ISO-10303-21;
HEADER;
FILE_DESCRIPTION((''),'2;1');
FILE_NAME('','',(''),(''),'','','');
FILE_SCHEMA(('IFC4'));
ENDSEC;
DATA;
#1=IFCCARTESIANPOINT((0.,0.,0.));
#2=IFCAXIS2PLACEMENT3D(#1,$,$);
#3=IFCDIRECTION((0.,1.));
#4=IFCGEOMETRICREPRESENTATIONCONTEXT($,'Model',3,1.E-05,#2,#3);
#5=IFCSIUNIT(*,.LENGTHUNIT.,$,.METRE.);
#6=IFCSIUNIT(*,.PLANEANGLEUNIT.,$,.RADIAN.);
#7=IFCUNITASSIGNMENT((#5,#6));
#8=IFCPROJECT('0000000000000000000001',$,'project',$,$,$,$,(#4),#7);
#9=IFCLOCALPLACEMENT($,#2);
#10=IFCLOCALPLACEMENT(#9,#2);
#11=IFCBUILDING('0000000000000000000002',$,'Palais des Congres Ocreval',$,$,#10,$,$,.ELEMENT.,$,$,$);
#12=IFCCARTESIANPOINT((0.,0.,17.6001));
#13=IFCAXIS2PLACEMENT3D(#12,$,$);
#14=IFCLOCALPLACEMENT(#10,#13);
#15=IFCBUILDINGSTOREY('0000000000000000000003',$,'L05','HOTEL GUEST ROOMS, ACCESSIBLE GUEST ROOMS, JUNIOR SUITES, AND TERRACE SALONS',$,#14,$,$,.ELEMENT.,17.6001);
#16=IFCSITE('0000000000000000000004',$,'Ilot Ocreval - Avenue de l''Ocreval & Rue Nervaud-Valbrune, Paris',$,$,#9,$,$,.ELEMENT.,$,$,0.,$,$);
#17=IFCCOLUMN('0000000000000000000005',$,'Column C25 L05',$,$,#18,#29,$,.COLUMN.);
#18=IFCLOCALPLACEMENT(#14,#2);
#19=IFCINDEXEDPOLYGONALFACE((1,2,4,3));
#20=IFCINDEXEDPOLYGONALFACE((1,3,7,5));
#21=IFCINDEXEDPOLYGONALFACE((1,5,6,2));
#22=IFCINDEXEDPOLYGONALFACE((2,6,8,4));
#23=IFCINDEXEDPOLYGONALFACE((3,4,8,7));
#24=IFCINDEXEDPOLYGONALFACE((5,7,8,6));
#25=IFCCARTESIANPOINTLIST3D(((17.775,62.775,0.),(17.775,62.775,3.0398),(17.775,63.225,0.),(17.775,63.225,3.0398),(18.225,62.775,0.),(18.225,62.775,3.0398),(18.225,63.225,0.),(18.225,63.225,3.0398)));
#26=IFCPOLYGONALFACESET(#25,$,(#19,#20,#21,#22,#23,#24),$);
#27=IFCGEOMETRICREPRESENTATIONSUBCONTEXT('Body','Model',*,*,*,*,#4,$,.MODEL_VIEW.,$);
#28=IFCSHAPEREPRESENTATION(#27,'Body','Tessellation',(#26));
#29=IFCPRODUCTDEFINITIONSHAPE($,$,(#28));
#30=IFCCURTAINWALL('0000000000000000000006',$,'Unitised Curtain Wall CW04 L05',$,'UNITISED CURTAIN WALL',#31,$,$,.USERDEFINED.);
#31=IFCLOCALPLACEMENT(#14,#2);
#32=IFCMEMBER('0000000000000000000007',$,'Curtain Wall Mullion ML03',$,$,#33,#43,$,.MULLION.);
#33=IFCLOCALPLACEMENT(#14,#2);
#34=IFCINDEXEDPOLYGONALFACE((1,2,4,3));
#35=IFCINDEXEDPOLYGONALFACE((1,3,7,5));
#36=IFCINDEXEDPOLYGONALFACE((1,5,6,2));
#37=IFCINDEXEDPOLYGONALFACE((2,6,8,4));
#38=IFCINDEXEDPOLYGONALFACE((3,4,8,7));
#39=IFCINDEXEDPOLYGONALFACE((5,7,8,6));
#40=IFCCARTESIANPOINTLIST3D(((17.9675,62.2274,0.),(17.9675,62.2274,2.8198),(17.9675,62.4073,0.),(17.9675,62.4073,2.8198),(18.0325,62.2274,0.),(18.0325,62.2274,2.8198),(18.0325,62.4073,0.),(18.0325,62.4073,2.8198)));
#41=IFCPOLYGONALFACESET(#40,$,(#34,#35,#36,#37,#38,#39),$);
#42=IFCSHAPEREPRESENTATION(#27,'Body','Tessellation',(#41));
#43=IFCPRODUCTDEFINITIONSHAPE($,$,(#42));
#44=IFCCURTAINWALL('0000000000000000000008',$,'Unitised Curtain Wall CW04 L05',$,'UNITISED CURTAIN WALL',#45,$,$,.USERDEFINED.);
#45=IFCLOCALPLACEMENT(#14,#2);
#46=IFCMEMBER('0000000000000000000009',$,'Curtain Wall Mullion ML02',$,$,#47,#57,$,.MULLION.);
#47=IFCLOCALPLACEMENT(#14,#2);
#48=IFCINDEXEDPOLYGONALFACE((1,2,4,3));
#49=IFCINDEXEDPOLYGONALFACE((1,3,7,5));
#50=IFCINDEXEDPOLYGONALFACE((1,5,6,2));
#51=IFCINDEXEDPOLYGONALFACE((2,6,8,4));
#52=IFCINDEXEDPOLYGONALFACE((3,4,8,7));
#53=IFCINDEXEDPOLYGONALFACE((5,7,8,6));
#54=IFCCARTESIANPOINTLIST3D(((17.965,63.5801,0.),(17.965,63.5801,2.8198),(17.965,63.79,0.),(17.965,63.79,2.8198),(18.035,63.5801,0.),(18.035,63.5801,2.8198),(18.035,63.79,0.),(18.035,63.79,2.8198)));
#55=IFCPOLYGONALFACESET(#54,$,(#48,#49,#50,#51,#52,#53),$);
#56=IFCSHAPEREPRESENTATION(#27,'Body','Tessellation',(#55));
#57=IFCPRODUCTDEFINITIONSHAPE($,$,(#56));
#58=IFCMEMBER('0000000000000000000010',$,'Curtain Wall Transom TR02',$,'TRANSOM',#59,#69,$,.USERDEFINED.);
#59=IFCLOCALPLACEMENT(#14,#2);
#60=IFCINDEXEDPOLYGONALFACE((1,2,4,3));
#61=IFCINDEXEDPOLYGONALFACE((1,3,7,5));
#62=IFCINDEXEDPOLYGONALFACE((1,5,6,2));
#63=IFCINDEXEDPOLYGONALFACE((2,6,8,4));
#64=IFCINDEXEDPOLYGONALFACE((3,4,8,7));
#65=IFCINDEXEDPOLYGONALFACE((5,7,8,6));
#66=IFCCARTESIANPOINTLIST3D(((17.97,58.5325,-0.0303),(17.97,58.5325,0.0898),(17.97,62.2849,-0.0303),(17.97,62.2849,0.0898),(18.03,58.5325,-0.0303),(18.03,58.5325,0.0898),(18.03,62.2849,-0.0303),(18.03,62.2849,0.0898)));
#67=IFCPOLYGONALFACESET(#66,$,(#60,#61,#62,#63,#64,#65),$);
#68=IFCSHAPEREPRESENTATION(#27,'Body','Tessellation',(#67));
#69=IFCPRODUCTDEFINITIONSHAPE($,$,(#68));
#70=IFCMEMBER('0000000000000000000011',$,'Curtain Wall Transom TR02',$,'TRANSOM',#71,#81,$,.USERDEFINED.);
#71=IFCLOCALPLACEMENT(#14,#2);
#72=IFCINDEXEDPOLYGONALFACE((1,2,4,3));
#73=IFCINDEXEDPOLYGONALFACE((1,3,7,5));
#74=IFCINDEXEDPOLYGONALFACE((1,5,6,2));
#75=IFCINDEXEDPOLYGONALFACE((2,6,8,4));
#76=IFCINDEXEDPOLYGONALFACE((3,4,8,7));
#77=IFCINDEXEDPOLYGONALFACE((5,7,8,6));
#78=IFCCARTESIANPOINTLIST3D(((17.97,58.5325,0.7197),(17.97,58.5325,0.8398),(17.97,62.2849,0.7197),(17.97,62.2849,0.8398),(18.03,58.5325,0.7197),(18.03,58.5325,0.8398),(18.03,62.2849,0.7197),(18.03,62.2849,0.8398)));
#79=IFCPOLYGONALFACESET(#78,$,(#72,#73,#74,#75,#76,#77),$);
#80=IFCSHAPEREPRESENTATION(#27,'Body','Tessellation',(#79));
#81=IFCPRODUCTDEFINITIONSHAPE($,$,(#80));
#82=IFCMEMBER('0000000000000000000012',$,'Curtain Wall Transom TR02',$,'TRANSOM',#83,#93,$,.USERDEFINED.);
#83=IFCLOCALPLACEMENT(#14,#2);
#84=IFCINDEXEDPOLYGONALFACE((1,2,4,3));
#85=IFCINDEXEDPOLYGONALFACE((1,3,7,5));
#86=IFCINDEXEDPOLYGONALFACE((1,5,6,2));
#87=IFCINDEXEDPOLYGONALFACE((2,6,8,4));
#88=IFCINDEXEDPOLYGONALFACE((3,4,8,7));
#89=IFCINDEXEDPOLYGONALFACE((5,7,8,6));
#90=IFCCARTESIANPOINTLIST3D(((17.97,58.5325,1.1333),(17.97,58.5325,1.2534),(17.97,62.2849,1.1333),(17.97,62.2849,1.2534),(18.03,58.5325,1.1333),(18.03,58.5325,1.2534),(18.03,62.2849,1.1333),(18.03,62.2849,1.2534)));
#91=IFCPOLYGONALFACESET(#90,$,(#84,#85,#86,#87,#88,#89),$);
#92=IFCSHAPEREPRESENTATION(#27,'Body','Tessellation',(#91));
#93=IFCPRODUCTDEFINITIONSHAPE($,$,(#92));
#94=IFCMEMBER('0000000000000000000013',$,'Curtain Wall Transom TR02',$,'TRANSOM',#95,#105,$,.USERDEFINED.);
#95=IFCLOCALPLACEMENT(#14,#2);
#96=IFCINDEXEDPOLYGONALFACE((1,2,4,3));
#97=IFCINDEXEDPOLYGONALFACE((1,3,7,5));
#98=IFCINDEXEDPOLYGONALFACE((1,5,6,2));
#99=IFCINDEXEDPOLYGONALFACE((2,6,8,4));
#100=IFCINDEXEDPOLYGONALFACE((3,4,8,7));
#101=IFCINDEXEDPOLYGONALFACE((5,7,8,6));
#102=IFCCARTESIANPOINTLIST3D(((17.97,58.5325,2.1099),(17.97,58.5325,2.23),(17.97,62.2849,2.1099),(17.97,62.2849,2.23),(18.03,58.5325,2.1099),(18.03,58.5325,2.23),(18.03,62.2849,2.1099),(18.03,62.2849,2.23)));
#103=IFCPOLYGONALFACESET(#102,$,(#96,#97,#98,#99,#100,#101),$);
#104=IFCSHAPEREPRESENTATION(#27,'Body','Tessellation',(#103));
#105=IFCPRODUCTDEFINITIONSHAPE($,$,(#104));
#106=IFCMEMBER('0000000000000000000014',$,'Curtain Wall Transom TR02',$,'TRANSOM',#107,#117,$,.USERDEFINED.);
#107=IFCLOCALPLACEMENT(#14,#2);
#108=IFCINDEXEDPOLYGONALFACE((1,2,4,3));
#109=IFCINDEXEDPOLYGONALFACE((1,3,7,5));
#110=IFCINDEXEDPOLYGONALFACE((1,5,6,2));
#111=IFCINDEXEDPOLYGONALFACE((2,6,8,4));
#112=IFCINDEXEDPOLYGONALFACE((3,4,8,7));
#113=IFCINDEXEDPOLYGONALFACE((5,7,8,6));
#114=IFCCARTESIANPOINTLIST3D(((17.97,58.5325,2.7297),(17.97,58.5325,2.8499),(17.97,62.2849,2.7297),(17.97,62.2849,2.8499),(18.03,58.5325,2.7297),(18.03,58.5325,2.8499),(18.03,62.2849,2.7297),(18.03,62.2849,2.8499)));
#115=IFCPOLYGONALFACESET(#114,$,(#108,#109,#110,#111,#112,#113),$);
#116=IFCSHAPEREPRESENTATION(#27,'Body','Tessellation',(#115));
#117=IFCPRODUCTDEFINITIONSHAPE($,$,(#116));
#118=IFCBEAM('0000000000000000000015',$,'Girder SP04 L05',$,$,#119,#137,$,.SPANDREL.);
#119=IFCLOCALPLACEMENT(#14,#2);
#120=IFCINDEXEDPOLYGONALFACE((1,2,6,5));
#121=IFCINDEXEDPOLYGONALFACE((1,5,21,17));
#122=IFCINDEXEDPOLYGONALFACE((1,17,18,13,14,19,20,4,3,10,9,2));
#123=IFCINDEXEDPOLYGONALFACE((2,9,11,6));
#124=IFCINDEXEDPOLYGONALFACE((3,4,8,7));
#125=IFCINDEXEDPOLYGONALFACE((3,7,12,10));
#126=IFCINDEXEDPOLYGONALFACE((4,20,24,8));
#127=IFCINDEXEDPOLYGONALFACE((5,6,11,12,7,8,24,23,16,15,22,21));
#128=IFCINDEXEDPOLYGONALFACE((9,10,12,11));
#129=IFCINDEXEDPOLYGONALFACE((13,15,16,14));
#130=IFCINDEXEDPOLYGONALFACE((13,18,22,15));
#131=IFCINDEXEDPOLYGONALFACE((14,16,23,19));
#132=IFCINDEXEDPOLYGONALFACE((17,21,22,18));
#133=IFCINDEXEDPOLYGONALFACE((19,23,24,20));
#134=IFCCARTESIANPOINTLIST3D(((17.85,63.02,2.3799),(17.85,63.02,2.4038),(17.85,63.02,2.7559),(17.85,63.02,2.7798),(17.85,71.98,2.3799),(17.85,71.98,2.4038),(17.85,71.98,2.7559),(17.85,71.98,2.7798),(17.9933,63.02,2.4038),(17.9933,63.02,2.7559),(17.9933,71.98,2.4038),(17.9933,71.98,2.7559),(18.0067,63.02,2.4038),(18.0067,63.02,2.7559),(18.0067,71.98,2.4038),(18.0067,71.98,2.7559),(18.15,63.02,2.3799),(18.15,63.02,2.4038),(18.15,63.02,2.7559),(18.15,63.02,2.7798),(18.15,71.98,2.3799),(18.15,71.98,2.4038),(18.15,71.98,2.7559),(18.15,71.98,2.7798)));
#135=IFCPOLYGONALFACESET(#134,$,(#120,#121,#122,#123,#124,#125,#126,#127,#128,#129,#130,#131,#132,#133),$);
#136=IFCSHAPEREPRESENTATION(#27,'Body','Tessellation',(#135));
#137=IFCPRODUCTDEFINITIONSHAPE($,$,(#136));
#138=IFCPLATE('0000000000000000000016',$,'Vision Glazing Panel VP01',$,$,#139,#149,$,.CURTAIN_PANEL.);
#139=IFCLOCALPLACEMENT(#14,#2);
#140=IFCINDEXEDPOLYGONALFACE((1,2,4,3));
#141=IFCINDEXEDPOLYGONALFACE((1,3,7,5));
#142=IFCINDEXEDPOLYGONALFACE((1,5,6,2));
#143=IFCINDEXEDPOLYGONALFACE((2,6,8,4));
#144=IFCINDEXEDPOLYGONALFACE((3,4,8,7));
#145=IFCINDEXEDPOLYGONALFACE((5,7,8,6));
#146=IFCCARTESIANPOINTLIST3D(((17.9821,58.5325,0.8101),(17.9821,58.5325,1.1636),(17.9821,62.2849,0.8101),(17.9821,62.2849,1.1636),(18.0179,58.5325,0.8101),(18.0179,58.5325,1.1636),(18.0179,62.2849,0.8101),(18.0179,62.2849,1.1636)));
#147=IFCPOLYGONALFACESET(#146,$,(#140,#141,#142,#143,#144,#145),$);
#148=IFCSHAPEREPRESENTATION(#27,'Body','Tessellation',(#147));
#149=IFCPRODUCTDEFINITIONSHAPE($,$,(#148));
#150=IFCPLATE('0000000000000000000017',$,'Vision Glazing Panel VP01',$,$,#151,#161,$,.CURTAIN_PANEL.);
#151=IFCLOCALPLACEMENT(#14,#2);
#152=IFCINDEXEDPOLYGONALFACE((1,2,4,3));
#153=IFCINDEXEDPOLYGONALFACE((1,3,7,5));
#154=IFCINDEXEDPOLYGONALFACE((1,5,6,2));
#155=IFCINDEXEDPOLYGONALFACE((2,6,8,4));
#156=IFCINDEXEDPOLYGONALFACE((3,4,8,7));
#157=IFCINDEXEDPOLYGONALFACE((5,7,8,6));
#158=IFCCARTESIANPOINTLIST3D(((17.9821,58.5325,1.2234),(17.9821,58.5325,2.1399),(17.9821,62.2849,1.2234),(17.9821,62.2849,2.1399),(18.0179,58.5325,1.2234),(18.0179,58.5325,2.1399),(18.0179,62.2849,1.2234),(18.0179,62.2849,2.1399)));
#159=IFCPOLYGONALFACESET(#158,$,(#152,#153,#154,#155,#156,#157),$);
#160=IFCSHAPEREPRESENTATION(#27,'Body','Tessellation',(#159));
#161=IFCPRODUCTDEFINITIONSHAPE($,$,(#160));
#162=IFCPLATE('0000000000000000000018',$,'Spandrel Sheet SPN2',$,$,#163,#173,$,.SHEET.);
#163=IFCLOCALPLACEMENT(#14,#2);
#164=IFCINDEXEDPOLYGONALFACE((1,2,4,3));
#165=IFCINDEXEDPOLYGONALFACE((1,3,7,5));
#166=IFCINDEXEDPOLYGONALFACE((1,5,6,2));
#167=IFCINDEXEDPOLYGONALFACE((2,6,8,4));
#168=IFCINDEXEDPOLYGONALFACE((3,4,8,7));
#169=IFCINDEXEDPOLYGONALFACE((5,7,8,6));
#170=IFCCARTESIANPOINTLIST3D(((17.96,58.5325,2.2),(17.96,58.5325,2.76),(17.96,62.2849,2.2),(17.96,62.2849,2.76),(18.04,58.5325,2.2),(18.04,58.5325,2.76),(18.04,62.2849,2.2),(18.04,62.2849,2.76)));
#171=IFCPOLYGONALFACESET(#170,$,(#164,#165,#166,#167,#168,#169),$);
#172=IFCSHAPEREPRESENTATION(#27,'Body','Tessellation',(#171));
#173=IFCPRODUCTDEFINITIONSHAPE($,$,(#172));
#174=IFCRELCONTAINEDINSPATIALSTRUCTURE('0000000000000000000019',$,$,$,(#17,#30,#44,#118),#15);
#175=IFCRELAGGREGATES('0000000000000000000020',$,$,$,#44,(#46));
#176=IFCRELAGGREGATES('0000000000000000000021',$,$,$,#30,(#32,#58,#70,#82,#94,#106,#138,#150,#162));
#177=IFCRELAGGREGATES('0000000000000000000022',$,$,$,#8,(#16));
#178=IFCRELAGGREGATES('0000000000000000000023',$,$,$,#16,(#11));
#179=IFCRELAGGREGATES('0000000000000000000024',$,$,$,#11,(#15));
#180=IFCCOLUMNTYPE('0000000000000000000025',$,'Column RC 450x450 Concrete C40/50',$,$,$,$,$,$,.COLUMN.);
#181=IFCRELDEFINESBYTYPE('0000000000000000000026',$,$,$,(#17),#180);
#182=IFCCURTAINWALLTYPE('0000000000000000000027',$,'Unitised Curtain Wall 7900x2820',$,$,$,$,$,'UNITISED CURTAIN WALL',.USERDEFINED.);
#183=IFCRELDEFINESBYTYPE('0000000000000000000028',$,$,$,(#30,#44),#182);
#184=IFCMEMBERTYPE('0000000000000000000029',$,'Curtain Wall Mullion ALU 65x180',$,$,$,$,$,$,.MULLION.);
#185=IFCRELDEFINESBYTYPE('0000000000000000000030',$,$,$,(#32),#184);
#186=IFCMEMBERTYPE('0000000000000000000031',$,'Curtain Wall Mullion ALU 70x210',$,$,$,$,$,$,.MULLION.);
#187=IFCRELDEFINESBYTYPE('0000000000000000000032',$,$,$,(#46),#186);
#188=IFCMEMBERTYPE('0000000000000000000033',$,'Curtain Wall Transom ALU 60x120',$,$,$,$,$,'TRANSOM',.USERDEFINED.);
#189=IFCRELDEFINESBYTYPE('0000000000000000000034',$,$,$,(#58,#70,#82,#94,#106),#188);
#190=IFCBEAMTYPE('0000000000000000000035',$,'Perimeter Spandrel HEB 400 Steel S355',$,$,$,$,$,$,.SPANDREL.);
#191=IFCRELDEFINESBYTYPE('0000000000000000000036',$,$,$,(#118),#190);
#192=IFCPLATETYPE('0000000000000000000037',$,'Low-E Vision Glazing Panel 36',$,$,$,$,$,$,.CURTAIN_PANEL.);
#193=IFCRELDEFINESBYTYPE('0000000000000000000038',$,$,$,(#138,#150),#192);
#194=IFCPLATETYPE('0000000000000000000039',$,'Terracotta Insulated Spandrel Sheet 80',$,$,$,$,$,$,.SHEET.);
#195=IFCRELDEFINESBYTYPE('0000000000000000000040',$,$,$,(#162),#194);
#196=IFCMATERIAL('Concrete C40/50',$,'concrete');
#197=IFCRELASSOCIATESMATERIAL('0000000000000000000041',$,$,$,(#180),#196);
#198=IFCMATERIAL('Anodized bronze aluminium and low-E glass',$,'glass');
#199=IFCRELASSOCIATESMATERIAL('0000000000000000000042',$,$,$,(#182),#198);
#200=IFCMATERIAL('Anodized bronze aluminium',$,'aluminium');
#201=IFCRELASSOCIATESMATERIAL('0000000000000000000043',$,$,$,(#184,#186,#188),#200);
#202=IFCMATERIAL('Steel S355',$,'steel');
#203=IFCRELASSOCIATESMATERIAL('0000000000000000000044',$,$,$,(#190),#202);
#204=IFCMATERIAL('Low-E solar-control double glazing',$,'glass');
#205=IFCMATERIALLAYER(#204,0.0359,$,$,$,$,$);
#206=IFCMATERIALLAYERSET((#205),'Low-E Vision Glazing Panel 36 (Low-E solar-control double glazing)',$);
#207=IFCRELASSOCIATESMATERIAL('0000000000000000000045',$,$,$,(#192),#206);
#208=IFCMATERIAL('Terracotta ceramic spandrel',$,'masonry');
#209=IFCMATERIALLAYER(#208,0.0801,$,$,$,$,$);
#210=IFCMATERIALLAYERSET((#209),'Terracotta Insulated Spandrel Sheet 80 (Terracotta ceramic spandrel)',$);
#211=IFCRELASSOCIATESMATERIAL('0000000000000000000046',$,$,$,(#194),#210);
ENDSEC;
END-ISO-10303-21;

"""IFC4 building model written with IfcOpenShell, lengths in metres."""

from ifc_helpers import new_model, si_unit, direction, frame, origin, origin_2d, place, context, subcontext, project, spatial, rectangle, i_section, extrude, material, layer, layer_set, material_profile, profile_set, type_object, element, aggregate, save


model = new_model("IFC4")

# Units and contexts
model_context = context("Model", 3, precision=1e-05, world=origin(), true_north=direction((0.0, 1.0)))
body_context = subcontext(model_context, "Body", "Model", "MODEL_VIEW")
ifc_project = project(units=[si_unit("LENGTHUNIT", "METRE"), si_unit("PLANEANGLEUNIT", "RADIAN")], contexts=[model_context])

# Site, building, storey
site_placement = place(None, origin())
site = spatial("IfcSite", under=ifc_project, at=site_placement, Name="Ilot Ocreval - Avenue de l'Ocreval & Rue Nervaud-Valbrune, Paris", CompositionType="ELEMENT", RefElevation=0.0)
building_placement = place(site_placement, origin())
building = spatial("IfcBuilding", under=site, at=building_placement, Name="Palais des Congres Ocreval", CompositionType="ELEMENT")
storey_placement = place(building_placement, frame((0.0, 0.0, 17.6001)))
storey = spatial("IfcBuildingStorey", under=building, at=storey_placement, Name="L05", Description="HOTEL GUEST ROOMS, ACCESSIBLE GUEST ROOMS, JUNIOR SUITES, AND TERRACE SALONS", CompositionType="ELEMENT", Elevation=17.6001)

# Column
ifc_material_1 = material(Name="Concrete C40/50", Category="concrete")
ifc_material_profile_1 = material_profile(ifc_material_1, rectangle(XDim=0.45, YDim=0.45, at=origin_2d()), Name="RC 450x450")
ifc_profile_set_1 = profile_set([ifc_material_profile_1], Name="Concrete C40/50")
column_type = type_object("IfcColumnType", Name="Column RC 450x450 Concrete C40/50", PredefinedType="COLUMN", material=ifc_profile_set_1)
column_placement = place(storey_placement, frame((18.0, 63.0, 0.0), z_axis=(0.0, 0.0, 1.0), x_axis=(1.0, 0.0, 0.0)))
element("IfcColumn", 1, at=column_placement, inside=storey, type_object=column_type, Name="Column C25 L05", PredefinedType="COLUMN", context=body_context, shape_type="SweptSolid", body=[
    extrude(rectangle(XDim=0.45, YDim=0.45, at=origin_2d()), origin(), (0.0, 0.0, 1.0), 3.0398),
])

# Curtain walls, members
ifc_material_2 = material(Name="Anodized bronze aluminium and low-E glass", Category="glass")
curtain_wall_type = type_object("IfcCurtainWallType", Name="Unitised Curtain Wall 7900x2820", ElementType="UNITISED CURTAIN WALL", PredefinedType="USERDEFINED", material=ifc_material_2)
curtain_wall_1_placement = place(storey_placement, origin())
curtain_wall_1 = element("IfcCurtainWall", 2, at=curtain_wall_1_placement, inside=storey, type_object=curtain_wall_type, Name="Unitised Curtain Wall CW04 L05", ObjectType="UNITISED CURTAIN WALL", PredefinedType="USERDEFINED")
ifc_material_3 = material(Name="Anodized bronze aluminium", Category="aluminium")
ifc_material_profile_2 = material_profile(ifc_material_3, rectangle(XDim=0.0649, YDim=0.1799, at=origin_2d()), Name="ALU 65x180")
ifc_profile_set_2 = profile_set([ifc_material_profile_2], Name="Anodized bronze aluminium")
member_type_1 = type_object("IfcMemberType", Name="Curtain Wall Mullion ALU 65x180", PredefinedType="MULLION", material=ifc_profile_set_2)
member_1_placement = place(storey_placement, frame((18.0, 62.3174, 0.0), z_axis=(0.0, 0.0, 1.0), x_axis=(1.0, 0.0, 0.0)))
member_1 = element("IfcMember", 3, at=member_1_placement, type_object=member_type_1, Name="Curtain Wall Mullion ML03", PredefinedType="MULLION", context=body_context, shape_type="SweptSolid", body=[
    extrude(rectangle(XDim=0.0649, YDim=0.1799, at=origin_2d()), origin(), (0.0, 0.0, 1.0), 2.8198),
])
curtain_wall_2_placement = place(storey_placement, origin())
curtain_wall_2 = element("IfcCurtainWall", 4, at=curtain_wall_2_placement, inside=storey, type_object=curtain_wall_type, Name="Unitised Curtain Wall CW04 L05", ObjectType="UNITISED CURTAIN WALL", PredefinedType="USERDEFINED")
ifc_material_profile_3 = material_profile(ifc_material_3, rectangle(XDim=0.0701, YDim=0.21, at=origin_2d()), Name="ALU 70x210")
ifc_profile_set_3 = profile_set([ifc_material_profile_3], Name="Anodized bronze aluminium")
member_type_2 = type_object("IfcMemberType", Name="Curtain Wall Mullion ALU 70x210", PredefinedType="MULLION", material=ifc_profile_set_3)
member_2_placement = place(storey_placement, frame((18.0, 63.6851, 0.0), z_axis=(0.0, 0.0, 1.0), x_axis=(1.0, 0.0, 0.0)))
member_2 = element("IfcMember", 5, at=member_2_placement, type_object=member_type_2, Name="Curtain Wall Mullion ML02", PredefinedType="MULLION", context=body_context, shape_type="SweptSolid", body=[
    extrude(rectangle(XDim=0.0701, YDim=0.21, at=origin_2d()), origin(), (0.0, 0.0, 1.0), 2.8198),
])
aggregate(curtain_wall_2, [member_2])

# Members
ifc_material_profile_4 = material_profile(ifc_material_3, rectangle(XDim=0.0601, YDim=0.1201, at=origin_2d()), Name="ALU 60x120")
ifc_profile_set_4 = profile_set([ifc_material_profile_4], Name="Anodized bronze aluminium")
member_type_3 = type_object("IfcMemberType", Name="Curtain Wall Transom ALU 60x120", ElementType="TRANSOM", PredefinedType="USERDEFINED", material=ifc_profile_set_4)
member_3_placement = place(storey_placement, frame((18.0, 62.2849, 0.0298), z_axis=(0.0, -1.0, 0.0), x_axis=(1.0, 0.0, 0.0)))
member_3 = element("IfcMember", 6, at=member_3_placement, type_object=member_type_3, Name="Curtain Wall Transom TR02", ObjectType="TRANSOM", PredefinedType="USERDEFINED", context=body_context, shape_type="SweptSolid", body=[
    extrude(rectangle(XDim=0.0601, YDim=0.1201, at=origin_2d()), origin(), (0.0, 0.0, 1.0), 3.7524),
])
member_4_placement = place(storey_placement, frame((18.0, 62.2849, 0.7798), z_axis=(0.0, -1.0, 0.0), x_axis=(1.0, 0.0, 0.0)))
member_4 = element("IfcMember", 7, at=member_4_placement, type_object=member_type_3, Name="Curtain Wall Transom TR02", ObjectType="TRANSOM", PredefinedType="USERDEFINED", context=body_context, shape_type="SweptSolid", body=[
    extrude(rectangle(XDim=0.0601, YDim=0.1201, at=origin_2d()), origin(), (0.0, 0.0, 1.0), 3.7524),
])
member_5_placement = place(storey_placement, frame((18.0, 62.2849, 1.1934), z_axis=(0.0, -1.0, 0.0), x_axis=(1.0, 0.0, 0.0)))
member_5 = element("IfcMember", 8, at=member_5_placement, type_object=member_type_3, Name="Curtain Wall Transom TR02", ObjectType="TRANSOM", PredefinedType="USERDEFINED", context=body_context, shape_type="SweptSolid", body=[
    extrude(rectangle(XDim=0.0601, YDim=0.1201, at=origin_2d()), origin(), (0.0, 0.0, 1.0), 3.7524),
])
member_6_placement = place(storey_placement, frame((18.0, 62.2849, 2.1699), z_axis=(0.0, -1.0, 0.0), x_axis=(1.0, 0.0, 0.0)))
member_6 = element("IfcMember", 9, at=member_6_placement, type_object=member_type_3, Name="Curtain Wall Transom TR02", ObjectType="TRANSOM", PredefinedType="USERDEFINED", context=body_context, shape_type="SweptSolid", body=[
    extrude(rectangle(XDim=0.0601, YDim=0.1201, at=origin_2d()), origin(), (0.0, 0.0, 1.0), 3.7524),
])
member_7_placement = place(storey_placement, frame((18.0, 62.2849, 2.7898), z_axis=(0.0, -1.0, 0.0), x_axis=(1.0, 0.0, 0.0)))
member_7 = element("IfcMember", 10, at=member_7_placement, type_object=member_type_3, Name="Curtain Wall Transom TR02", ObjectType="TRANSOM", PredefinedType="USERDEFINED", context=body_context, shape_type="SweptSolid", body=[
    extrude(rectangle(XDim=0.0601, YDim=0.1201, at=origin_2d()), origin(), (0.0, 0.0, 1.0), 3.7524),
])

# Beam
ifc_material_4 = material(Name="Steel S355", Category="steel")
ifc_material_profile_5 = material_profile(ifc_material_4, i_section(OverallWidth=0.3, OverallDepth=0.3999, WebThickness=0.0134, FlangeThickness=0.0239, at=origin_2d()), Name="HEB 400")
ifc_profile_set_5 = profile_set([ifc_material_profile_5], Name="Steel S355")
beam_type = type_object("IfcBeamType", Name="Perimeter Spandrel HEB 400 Steel S355", PredefinedType="SPANDREL", material=ifc_profile_set_5)
beam_placement = place(storey_placement, frame((18.0, 63.02, 2.5798), z_axis=(0.0, 1.0, 0.0), x_axis=(-1.0, 0.0, 0.0)))
element("IfcBeam", 11, at=beam_placement, inside=storey, type_object=beam_type, Name="Girder SP04 L05", PredefinedType="SPANDREL", context=body_context, shape_type="SweptSolid", body=[
    extrude(i_section(OverallWidth=0.3, OverallDepth=0.3999, WebThickness=0.0134, FlangeThickness=0.0239, at=origin_2d()), origin(), (0.0, 0.0, 1.0), 8.96),
])

# Plates
ifc_material_5 = material(Name="Low-E solar-control double glazing", Category="glass")
ifc_layer_1 = layer(ifc_material_5, 0.0359)
ifc_layer_set_1 = layer_set([ifc_layer_1], Name="Low-E Vision Glazing Panel 36 (Low-E solar-control double glazing)")
plate_type_1 = type_object("IfcPlateType", Name="Low-E Vision Glazing Panel 36", PredefinedType="CURTAIN_PANEL", material=ifc_layer_set_1)
plate_1_placement = place(storey_placement, frame((18.0, 60.4087, 0.8101), z_axis=(0.0, 0.0, 1.0), x_axis=(0.0, -1.0, 0.0)))
plate_1 = element("IfcPlate", 12, at=plate_1_placement, type_object=plate_type_1, Name="Vision Glazing Panel VP01", PredefinedType="CURTAIN_PANEL", context=body_context, shape_type="SweptSolid", body=[
    extrude(rectangle(XDim=3.7524, YDim=0.0359, at=origin_2d()), origin(), (0.0, 0.0, 1.0), 0.3535),
])
plate_2_placement = place(storey_placement, frame((18.0, 60.4087, 1.2234), z_axis=(0.0, 0.0, 1.0), x_axis=(0.0, -1.0, 0.0)))
plate_2 = element("IfcPlate", 13, at=plate_2_placement, type_object=plate_type_1, Name="Vision Glazing Panel VP01", PredefinedType="CURTAIN_PANEL", context=body_context, shape_type="SweptSolid", body=[
    extrude(rectangle(XDim=3.7524, YDim=0.0359, at=origin_2d()), origin(), (0.0, 0.0, 1.0), 0.9165),
])
ifc_material_6 = material(Name="Terracotta ceramic spandrel", Category="masonry")
ifc_layer_2 = layer(ifc_material_6, 0.0801)
ifc_layer_set_2 = layer_set([ifc_layer_2], Name="Terracotta Insulated Spandrel Sheet 80 (Terracotta ceramic spandrel)")
plate_type_2 = type_object("IfcPlateType", Name="Terracotta Insulated Spandrel Sheet 80", PredefinedType="SHEET", material=ifc_layer_set_2)
plate_3_placement = place(storey_placement, frame((18.0, 60.4087, 2.2), z_axis=(0.0, 0.0, 1.0), x_axis=(0.0, -1.0, 0.0)))
plate_3 = element("IfcPlate", 14, at=plate_3_placement, type_object=plate_type_2, Name="Spandrel Sheet SPN2", PredefinedType="SHEET", context=body_context, shape_type="SweptSolid", body=[
    extrude(rectangle(XDim=3.7524, YDim=0.0801, at=origin_2d()), origin(), (0.0, 0.0, 1.0), 0.5601),
])
aggregate(curtain_wall_1, [member_1, member_3, member_4, member_5, member_6, member_7, plate_1, plate_2, plate_3])

save(model, "model.ifc")
